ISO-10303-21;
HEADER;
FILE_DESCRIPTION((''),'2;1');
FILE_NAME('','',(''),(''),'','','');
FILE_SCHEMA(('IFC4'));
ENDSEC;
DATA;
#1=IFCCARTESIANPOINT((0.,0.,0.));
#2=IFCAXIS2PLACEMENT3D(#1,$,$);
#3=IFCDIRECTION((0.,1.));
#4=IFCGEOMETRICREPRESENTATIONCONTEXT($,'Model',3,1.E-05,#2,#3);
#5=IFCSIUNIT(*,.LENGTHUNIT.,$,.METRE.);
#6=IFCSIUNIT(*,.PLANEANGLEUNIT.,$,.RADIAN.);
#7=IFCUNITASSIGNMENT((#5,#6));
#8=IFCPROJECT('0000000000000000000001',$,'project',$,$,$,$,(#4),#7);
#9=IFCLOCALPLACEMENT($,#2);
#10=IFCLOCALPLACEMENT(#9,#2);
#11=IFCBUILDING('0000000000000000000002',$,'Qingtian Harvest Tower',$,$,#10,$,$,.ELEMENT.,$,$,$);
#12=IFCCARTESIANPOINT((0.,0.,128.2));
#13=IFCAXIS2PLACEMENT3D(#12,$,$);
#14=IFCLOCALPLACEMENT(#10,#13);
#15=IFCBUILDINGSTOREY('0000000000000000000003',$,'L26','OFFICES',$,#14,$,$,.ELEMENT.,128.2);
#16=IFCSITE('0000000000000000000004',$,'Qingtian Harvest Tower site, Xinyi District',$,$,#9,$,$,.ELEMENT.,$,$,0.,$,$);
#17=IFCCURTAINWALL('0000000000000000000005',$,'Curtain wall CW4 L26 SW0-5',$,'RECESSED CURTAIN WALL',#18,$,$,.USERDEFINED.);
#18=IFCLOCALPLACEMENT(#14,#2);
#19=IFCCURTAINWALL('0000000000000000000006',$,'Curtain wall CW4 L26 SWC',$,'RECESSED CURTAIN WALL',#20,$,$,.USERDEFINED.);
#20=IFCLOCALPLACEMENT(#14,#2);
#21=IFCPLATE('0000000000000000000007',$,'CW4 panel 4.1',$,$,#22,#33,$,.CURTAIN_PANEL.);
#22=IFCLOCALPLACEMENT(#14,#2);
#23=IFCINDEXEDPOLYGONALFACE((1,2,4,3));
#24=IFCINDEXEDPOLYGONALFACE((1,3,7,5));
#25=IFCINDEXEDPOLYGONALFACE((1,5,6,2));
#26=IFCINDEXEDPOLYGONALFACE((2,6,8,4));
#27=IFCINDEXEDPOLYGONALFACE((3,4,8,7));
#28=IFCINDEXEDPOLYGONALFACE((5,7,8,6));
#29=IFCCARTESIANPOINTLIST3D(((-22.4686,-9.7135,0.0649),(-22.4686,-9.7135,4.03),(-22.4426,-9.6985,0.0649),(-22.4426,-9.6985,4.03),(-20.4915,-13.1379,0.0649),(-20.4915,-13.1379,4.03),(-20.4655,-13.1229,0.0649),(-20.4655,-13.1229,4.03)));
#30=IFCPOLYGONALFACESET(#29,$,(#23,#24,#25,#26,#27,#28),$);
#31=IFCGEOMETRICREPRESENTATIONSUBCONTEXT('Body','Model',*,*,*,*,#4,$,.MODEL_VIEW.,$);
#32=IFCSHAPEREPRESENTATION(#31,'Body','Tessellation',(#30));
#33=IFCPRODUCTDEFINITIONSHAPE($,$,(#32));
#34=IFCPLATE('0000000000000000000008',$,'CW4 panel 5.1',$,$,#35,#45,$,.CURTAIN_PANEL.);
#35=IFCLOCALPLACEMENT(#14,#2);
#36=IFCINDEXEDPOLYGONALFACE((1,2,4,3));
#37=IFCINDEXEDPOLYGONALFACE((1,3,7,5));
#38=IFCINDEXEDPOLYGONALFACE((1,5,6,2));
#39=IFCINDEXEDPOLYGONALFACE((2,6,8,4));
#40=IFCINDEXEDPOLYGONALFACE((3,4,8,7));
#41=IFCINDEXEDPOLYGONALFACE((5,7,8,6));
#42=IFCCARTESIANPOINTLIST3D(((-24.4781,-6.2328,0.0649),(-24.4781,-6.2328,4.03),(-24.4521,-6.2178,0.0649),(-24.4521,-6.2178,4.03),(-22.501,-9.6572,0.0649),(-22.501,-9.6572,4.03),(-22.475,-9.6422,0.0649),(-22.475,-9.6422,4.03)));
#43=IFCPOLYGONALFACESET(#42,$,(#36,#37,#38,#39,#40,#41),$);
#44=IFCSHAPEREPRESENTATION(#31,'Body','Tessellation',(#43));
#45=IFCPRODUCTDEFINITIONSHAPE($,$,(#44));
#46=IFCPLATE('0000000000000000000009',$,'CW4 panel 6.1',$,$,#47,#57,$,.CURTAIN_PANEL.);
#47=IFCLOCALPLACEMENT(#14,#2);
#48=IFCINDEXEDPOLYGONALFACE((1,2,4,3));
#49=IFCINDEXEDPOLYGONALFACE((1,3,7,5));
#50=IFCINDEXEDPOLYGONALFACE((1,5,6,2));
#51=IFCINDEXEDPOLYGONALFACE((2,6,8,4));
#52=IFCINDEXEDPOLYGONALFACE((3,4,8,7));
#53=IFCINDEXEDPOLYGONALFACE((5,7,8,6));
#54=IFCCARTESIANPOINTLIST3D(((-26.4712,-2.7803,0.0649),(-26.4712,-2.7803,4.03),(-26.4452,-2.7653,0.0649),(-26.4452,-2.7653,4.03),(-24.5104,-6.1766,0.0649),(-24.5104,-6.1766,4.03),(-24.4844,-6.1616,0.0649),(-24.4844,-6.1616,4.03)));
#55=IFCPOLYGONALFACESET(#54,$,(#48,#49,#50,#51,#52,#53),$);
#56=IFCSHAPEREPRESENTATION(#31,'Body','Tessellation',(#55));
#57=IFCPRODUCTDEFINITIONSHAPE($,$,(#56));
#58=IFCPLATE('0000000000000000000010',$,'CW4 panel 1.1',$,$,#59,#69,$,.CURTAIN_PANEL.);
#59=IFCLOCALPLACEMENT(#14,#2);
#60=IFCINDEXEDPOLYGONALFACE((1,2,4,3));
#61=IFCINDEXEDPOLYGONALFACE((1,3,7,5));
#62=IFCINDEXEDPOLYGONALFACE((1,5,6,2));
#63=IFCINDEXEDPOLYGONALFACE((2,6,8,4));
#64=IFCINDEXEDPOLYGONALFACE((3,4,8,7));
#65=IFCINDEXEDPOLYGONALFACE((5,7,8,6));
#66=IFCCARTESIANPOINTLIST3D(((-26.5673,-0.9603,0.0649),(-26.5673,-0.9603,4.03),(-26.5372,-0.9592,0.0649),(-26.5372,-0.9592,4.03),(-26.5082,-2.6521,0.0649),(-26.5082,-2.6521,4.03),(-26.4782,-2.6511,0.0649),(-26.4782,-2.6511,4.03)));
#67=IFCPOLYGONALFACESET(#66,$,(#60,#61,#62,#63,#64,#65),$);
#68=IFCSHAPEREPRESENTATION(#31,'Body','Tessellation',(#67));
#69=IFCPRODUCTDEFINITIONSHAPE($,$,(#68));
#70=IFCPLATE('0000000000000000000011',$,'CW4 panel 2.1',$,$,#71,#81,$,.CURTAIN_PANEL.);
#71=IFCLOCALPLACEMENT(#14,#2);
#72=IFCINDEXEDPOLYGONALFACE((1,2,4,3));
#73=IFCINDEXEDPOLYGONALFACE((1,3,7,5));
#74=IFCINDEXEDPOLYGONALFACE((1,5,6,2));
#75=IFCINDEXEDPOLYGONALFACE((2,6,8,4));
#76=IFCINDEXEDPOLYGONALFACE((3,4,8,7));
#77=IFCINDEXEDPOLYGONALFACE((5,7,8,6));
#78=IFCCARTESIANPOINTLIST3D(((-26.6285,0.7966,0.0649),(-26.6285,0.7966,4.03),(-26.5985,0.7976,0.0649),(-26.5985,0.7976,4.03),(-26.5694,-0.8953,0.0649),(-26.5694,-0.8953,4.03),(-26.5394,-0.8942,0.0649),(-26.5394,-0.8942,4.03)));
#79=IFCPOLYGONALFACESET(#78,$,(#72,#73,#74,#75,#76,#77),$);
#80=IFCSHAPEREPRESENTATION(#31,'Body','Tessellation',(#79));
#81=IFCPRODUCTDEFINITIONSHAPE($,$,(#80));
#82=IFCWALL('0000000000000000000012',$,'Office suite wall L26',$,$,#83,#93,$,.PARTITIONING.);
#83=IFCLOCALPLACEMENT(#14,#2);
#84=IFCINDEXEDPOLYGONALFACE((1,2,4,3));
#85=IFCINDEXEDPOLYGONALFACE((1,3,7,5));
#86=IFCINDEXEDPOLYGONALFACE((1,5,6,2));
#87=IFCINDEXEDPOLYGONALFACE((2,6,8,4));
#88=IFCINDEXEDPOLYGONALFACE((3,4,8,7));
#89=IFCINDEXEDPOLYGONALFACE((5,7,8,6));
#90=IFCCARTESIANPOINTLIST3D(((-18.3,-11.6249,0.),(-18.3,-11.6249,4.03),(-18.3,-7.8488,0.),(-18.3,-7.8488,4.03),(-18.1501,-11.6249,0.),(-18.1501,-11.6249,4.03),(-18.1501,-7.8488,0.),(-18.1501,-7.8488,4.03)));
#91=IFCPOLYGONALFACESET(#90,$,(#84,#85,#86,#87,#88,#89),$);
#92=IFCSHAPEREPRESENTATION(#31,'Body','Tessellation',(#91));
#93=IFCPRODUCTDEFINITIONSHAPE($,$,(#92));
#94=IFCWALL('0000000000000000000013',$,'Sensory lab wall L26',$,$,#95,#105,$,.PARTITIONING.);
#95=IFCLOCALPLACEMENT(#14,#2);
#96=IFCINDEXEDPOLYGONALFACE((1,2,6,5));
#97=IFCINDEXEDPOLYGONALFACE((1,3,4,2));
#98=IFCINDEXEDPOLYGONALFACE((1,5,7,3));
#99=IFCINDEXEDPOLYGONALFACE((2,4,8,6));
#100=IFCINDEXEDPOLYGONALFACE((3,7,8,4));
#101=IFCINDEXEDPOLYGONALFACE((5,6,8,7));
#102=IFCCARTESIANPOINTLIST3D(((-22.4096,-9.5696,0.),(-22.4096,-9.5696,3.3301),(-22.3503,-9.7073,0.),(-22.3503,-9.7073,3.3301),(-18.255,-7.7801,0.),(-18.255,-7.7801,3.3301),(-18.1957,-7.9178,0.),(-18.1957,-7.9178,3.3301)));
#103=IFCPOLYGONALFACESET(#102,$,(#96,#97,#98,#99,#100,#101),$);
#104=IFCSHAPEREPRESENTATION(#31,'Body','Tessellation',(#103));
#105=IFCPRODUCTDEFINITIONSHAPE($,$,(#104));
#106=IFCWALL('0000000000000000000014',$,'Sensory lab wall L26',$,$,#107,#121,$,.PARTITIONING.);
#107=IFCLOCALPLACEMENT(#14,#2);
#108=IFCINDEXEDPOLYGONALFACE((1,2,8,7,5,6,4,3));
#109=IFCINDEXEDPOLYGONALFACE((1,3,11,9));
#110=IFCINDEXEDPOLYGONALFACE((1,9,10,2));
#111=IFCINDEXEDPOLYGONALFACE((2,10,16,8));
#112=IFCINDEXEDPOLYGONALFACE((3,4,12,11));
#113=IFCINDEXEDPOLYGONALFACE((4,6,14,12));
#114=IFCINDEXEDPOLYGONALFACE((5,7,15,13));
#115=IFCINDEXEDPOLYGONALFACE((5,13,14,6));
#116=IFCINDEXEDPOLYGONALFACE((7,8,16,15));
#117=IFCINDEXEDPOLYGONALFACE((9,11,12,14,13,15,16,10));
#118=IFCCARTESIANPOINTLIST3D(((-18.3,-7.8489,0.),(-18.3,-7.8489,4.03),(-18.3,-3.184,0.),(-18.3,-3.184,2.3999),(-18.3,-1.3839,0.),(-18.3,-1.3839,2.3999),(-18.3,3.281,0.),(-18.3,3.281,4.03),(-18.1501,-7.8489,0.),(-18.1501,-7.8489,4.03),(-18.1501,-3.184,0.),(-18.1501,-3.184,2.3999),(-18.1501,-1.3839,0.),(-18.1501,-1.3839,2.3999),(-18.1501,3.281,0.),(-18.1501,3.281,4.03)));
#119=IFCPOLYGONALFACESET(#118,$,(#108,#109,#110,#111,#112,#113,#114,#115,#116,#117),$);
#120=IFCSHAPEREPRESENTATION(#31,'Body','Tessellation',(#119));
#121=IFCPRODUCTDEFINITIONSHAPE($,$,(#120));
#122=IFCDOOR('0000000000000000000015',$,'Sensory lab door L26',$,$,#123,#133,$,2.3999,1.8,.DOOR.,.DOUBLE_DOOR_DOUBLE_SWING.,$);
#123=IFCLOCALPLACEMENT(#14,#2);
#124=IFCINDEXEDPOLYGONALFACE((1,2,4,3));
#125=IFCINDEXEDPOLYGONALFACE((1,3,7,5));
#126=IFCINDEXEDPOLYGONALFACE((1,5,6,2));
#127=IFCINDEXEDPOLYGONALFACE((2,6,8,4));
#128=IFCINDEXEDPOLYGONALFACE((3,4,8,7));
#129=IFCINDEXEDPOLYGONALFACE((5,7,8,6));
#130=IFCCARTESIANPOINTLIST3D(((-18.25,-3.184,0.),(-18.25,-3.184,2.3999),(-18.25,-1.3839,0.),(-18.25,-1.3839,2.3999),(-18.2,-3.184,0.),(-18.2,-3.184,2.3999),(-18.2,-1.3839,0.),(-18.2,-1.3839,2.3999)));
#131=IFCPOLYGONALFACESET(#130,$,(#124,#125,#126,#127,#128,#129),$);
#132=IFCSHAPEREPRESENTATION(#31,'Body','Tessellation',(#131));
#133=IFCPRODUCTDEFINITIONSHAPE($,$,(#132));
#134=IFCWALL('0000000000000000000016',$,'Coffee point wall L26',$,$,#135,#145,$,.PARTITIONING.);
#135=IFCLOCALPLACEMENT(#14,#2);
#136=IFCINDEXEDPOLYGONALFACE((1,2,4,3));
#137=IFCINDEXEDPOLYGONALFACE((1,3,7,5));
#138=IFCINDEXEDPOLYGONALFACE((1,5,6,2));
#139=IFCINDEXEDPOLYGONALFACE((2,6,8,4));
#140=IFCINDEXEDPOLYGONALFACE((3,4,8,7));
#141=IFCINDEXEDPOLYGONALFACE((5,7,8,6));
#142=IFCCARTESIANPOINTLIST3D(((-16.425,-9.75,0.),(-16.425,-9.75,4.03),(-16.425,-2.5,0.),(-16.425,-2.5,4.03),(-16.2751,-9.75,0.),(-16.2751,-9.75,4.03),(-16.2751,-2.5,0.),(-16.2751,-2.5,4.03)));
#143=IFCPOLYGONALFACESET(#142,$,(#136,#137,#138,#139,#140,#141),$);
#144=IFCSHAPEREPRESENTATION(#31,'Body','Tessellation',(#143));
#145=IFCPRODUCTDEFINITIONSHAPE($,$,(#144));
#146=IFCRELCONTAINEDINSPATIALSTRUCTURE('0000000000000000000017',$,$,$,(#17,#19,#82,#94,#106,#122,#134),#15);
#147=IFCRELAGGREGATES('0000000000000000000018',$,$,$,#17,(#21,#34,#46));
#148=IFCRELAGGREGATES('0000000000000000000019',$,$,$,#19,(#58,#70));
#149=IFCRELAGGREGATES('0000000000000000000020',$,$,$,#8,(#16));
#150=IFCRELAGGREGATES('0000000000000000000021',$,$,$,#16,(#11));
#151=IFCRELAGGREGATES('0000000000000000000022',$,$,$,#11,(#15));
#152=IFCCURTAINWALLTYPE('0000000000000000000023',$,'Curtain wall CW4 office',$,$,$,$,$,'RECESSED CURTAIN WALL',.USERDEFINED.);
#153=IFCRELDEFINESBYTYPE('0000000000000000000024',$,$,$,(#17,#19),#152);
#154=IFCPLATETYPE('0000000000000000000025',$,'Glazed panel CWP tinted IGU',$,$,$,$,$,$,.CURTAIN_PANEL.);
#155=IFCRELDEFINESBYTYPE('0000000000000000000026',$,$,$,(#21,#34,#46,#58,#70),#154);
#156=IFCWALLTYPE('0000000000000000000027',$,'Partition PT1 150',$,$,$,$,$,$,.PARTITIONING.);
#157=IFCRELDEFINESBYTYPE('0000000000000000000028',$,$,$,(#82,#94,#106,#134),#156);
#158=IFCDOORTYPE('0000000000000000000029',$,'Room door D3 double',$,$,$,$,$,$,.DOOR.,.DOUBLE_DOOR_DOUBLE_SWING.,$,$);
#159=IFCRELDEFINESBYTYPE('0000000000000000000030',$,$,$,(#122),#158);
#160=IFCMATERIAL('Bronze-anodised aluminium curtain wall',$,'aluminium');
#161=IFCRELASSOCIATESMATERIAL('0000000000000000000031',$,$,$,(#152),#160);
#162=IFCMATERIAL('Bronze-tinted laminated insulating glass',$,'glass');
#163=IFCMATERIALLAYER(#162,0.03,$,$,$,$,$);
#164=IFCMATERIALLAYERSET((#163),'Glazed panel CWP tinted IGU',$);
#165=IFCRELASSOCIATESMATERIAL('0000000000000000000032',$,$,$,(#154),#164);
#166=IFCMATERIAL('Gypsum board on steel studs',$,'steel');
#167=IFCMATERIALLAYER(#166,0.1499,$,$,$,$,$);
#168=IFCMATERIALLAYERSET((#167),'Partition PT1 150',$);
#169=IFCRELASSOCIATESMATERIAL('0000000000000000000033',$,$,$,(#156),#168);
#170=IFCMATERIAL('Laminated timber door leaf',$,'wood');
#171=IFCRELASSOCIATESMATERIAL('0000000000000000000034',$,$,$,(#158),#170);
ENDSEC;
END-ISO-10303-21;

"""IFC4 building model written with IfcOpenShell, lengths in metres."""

from ifc_helpers import new_model, si_unit, direction, frame, frame_2d, origin, origin_2d, place, context, subcontext, project, spatial, rectangle, extrude, material, layer, layer_set, type_object, element, fill, aggregate, save


model = new_model("IFC4")

# Units and contexts
model_context = context("Model", 3, precision=1e-05, world=origin(), true_north=direction((0.0, 1.0)))
body_context = subcontext(model_context, "Body", "Model", "MODEL_VIEW")
ifc_project = project(units=[si_unit("LENGTHUNIT", "METRE"), si_unit("PLANEANGLEUNIT", "RADIAN")], contexts=[model_context])

# Site, building, storey
site_placement = place(None, origin())
site = spatial("IfcSite", under=ifc_project, at=site_placement, Name="Qingtian Harvest Tower site, Xinyi District", CompositionType="ELEMENT", RefElevation=0.0)
building_placement = place(site_placement, origin())
building = spatial("IfcBuilding", under=site, at=building_placement, Name="Qingtian Harvest Tower", CompositionType="ELEMENT")
storey_placement = place(building_placement, frame((0.0, 0.0, 128.2)))
storey = spatial("IfcBuildingStorey", under=building, at=storey_placement, Name="L26", Description="OFFICES", CompositionType="ELEMENT", Elevation=128.2)

# Curtain walls
ifc_material_1 = material(Name="Bronze-anodised aluminium curtain wall", Category="aluminium")
curtain_wall_type = type_object("IfcCurtainWallType", Name="Curtain wall CW4 office", ElementType="RECESSED CURTAIN WALL", PredefinedType="USERDEFINED", material=ifc_material_1)
curtain_wall_1_placement = place(storey_placement, origin())
curtain_wall_1 = element("IfcCurtainWall", 1, at=curtain_wall_1_placement, inside=storey, type_object=curtain_wall_type, Name="Curtain wall CW4 L26 SW0-5", ObjectType="RECESSED CURTAIN WALL", PredefinedType="USERDEFINED")
curtain_wall_2_placement = place(storey_placement, origin())
curtain_wall_2 = element("IfcCurtainWall", 2, at=curtain_wall_2_placement, inside=storey, type_object=curtain_wall_type, Name="Curtain wall CW4 L26 SWC", ObjectType="RECESSED CURTAIN WALL", PredefinedType="USERDEFINED")

# Plates
ifc_material_2 = material(Name="Bronze-tinted laminated insulating glass", Category="glass")
ifc_layer_1 = layer(ifc_material_2, 0.03)
ifc_layer_set_1 = layer_set([ifc_layer_1], Name="Glazed panel CWP tinted IGU")
plate_type = type_object("IfcPlateType", Name="Glazed panel CWP tinted IGU", PredefinedType="CURTAIN_PANEL", material=ifc_layer_set_1)
plate_1_placement = place(storey_placement, frame((-21.467, -11.4182, 0.0649), z_axis=(0.0, 0.0, 1.0), x_axis=(-0.5, 0.866025, 0.0)))
plate_1 = element("IfcPlate", 3, at=plate_1_placement, type_object=plate_type, Name="CW4 panel 4.1", PredefinedType="CURTAIN_PANEL", context=body_context, shape_type="SweptSolid", body=[
    extrude(rectangle(XDim=3.9541, YDim=0.03, at=origin_2d()), origin(), (0.0, 0.0, 1.0), 3.9651),
])
plate_2_placement = place(storey_placement, frame((-23.4766, -7.9375, 0.0649), z_axis=(0.0, 0.0, 1.0), x_axis=(-0.5, 0.866025, 0.0)))
plate_2 = element("IfcPlate", 4, at=plate_2_placement, type_object=plate_type, Name="CW4 panel 5.1", PredefinedType="CURTAIN_PANEL", context=body_context, shape_type="SweptSolid", body=[
    extrude(rectangle(XDim=3.9541, YDim=0.03, at=origin_2d()), origin(), (0.0, 0.0, 1.0), 3.9651),
])
plate_3_placement = place(storey_placement, frame((-25.4778, -4.4709, 0.0649), z_axis=(0.0, 0.0, 1.0), x_axis=(-0.5, 0.866025, 0.0)))
plate_3 = element("IfcPlate", 5, at=plate_3_placement, type_object=plate_type, Name="CW4 panel 6.1", PredefinedType="CURTAIN_PANEL", context=body_context, shape_type="SweptSolid", body=[
    extrude(rectangle(XDim=3.9216, YDim=0.03, at=origin_2d()), origin(), (0.0, 0.0, 1.0), 3.9651),
])
aggregate(curtain_wall_1, [plate_1, plate_2, plate_3])
plate_4_placement = place(storey_placement, frame((-26.5227, -1.8057, 0.0649), z_axis=(0.0, 0.0, 1.0), x_axis=(-0.034899, 0.999391, 0.0)))
plate_4 = element("IfcPlate", 6, at=plate_4_placement, type_object=plate_type, Name="CW4 panel 1.1", PredefinedType="CURTAIN_PANEL", context=body_context, shape_type="SweptSolid", body=[
    extrude(rectangle(XDim=1.6929, YDim=0.03, at=origin_2d()), origin(), (0.0, 0.0, 1.0), 3.9651),
])
plate_5_placement = place(storey_placement, frame((-26.584, -0.0488, 0.0649), z_axis=(0.0, 0.0, 1.0), x_axis=(-0.034899, 0.999391, 0.0)))
plate_5 = element("IfcPlate", 7, at=plate_5_placement, type_object=plate_type, Name="CW4 panel 2.1", PredefinedType="CURTAIN_PANEL", context=body_context, shape_type="SweptSolid", body=[
    extrude(rectangle(XDim=1.6929, YDim=0.03, at=origin_2d()), origin(), (0.0, 0.0, 1.0), 3.9651),
])
aggregate(curtain_wall_2, [plate_4, plate_5])

# Walls
ifc_material_3 = material(Name="Gypsum board on steel studs", Category="steel")
ifc_layer_2 = layer(ifc_material_3, 0.1499)
ifc_layer_set_2 = layer_set([ifc_layer_2], Name="Partition PT1 150")
wall_type = type_object("IfcWallType", Name="Partition PT1 150", PredefinedType="PARTITIONING", material=ifc_layer_set_2)
wall_1_placement = place(storey_placement, frame((-18.2251, -11.625, 0.0), z_axis=(0.0, 0.0, 1.0), x_axis=(0.0, 1.0, 0.0)))
element("IfcWall", 8, at=wall_1_placement, inside=storey, type_object=wall_type, Name="Office suite wall L26", PredefinedType="PARTITIONING", context=body_context, shape_type="SweptSolid", body=[
    extrude(rectangle(XDim=3.7761, YDim=0.1499, at=frame_2d((1.8882, 0.0))), origin(), (0.0, 0.0, 1.0), 4.03),
])
wall_2_placement = place(storey_placement, frame((-22.3799, -9.6384, 0.0), z_axis=(0.0, 0.0, 1.0), x_axis=(0.918429, 0.395586, 0.0)))
element("IfcWall", 9, at=wall_2_placement, inside=storey, type_object=wall_type, Name="Sensory lab wall L26", PredefinedType="PARTITIONING", context=body_context, shape_type="SweptSolid", body=[
    extrude(rectangle(XDim=4.5237, YDim=0.1499, at=frame_2d((2.2617, 0.0))), origin(), (0.0, 0.0, 1.0), 3.3301),
])

# Wall, opening, door
wall_3_placement = place(storey_placement, frame((-18.2251, -7.8489, 0.0), z_axis=(0.0, 0.0, 1.0), x_axis=(0.0, 1.0, 0.0)))
wall_3 = element("IfcWall", 10, at=wall_3_placement, inside=storey, type_object=wall_type, Name="Sensory lab wall L26", PredefinedType="PARTITIONING", context=body_context, shape_type="SweptSolid", body=[
    extrude(rectangle(XDim=11.1299, YDim=0.1499, at=frame_2d((5.5649, 0.0))), origin(), (0.0, 0.0, 1.0), 4.03),
])
opening_placement = place(wall_3_placement, frame((4.665, 0.0, 0.0)))
opening = element("IfcOpeningElement", 11, at=opening_placement, cuts=wall_3, PredefinedType="OPENING", context=body_context, shape_type="SweptSolid", body=[
    extrude(rectangle(XDim=1.8, YDim=2.3999, at=frame_2d((0.8999, 1.2))), frame((0.0, 0.085, 0.0), z_axis=(0.0, -1.0, 0.0), x_axis=(1.0, 0.0, 0.0)), (0.0, 0.0, 1.0), 0.1699),
])
ifc_material_4 = material(Name="Laminated timber door leaf", Category="wood")
door_type = type_object("IfcDoorType", Name="Room door D3 double", OperationType="DOUBLE_DOOR_DOUBLE_SWING", PredefinedType="DOOR", material=ifc_material_4)
door_placement = place(opening_placement, origin())
door = element("IfcDoor", 12, at=door_placement, inside=storey, type_object=door_type, Name="Sensory lab door L26", OperationType="DOUBLE_DOOR_DOUBLE_SWING", OverallHeight=2.3999, OverallWidth=1.8, PredefinedType="DOOR", context=body_context, shape_type="SweptSolid", body=[
    extrude(rectangle(XDim=1.8, YDim=2.3999, at=frame_2d((0.8999, 1.2))), frame((0.0, 0.0249, 0.0), z_axis=(0.0, -1.0, 0.0), x_axis=(1.0, 0.0, 0.0)), (0.0, 0.0, 1.0), 0.05),
])
fill(opening, door)

# Wall
wall_4_placement = place(storey_placement, frame((-16.3501, -9.75, 0.0), z_axis=(0.0, 0.0, 1.0), x_axis=(0.0, 1.0, 0.0)))
element("IfcWall", 13, at=wall_4_placement, inside=storey, type_object=wall_type, Name="Coffee point wall L26", PredefinedType="PARTITIONING", context=body_context, shape_type="SweptSolid", body=[
    extrude(rectangle(XDim=7.25, YDim=0.1499, at=frame_2d((3.625, 0.0))), origin(), (0.0, 0.0, 1.0), 4.03),
])

save(model, "model.ifc")
